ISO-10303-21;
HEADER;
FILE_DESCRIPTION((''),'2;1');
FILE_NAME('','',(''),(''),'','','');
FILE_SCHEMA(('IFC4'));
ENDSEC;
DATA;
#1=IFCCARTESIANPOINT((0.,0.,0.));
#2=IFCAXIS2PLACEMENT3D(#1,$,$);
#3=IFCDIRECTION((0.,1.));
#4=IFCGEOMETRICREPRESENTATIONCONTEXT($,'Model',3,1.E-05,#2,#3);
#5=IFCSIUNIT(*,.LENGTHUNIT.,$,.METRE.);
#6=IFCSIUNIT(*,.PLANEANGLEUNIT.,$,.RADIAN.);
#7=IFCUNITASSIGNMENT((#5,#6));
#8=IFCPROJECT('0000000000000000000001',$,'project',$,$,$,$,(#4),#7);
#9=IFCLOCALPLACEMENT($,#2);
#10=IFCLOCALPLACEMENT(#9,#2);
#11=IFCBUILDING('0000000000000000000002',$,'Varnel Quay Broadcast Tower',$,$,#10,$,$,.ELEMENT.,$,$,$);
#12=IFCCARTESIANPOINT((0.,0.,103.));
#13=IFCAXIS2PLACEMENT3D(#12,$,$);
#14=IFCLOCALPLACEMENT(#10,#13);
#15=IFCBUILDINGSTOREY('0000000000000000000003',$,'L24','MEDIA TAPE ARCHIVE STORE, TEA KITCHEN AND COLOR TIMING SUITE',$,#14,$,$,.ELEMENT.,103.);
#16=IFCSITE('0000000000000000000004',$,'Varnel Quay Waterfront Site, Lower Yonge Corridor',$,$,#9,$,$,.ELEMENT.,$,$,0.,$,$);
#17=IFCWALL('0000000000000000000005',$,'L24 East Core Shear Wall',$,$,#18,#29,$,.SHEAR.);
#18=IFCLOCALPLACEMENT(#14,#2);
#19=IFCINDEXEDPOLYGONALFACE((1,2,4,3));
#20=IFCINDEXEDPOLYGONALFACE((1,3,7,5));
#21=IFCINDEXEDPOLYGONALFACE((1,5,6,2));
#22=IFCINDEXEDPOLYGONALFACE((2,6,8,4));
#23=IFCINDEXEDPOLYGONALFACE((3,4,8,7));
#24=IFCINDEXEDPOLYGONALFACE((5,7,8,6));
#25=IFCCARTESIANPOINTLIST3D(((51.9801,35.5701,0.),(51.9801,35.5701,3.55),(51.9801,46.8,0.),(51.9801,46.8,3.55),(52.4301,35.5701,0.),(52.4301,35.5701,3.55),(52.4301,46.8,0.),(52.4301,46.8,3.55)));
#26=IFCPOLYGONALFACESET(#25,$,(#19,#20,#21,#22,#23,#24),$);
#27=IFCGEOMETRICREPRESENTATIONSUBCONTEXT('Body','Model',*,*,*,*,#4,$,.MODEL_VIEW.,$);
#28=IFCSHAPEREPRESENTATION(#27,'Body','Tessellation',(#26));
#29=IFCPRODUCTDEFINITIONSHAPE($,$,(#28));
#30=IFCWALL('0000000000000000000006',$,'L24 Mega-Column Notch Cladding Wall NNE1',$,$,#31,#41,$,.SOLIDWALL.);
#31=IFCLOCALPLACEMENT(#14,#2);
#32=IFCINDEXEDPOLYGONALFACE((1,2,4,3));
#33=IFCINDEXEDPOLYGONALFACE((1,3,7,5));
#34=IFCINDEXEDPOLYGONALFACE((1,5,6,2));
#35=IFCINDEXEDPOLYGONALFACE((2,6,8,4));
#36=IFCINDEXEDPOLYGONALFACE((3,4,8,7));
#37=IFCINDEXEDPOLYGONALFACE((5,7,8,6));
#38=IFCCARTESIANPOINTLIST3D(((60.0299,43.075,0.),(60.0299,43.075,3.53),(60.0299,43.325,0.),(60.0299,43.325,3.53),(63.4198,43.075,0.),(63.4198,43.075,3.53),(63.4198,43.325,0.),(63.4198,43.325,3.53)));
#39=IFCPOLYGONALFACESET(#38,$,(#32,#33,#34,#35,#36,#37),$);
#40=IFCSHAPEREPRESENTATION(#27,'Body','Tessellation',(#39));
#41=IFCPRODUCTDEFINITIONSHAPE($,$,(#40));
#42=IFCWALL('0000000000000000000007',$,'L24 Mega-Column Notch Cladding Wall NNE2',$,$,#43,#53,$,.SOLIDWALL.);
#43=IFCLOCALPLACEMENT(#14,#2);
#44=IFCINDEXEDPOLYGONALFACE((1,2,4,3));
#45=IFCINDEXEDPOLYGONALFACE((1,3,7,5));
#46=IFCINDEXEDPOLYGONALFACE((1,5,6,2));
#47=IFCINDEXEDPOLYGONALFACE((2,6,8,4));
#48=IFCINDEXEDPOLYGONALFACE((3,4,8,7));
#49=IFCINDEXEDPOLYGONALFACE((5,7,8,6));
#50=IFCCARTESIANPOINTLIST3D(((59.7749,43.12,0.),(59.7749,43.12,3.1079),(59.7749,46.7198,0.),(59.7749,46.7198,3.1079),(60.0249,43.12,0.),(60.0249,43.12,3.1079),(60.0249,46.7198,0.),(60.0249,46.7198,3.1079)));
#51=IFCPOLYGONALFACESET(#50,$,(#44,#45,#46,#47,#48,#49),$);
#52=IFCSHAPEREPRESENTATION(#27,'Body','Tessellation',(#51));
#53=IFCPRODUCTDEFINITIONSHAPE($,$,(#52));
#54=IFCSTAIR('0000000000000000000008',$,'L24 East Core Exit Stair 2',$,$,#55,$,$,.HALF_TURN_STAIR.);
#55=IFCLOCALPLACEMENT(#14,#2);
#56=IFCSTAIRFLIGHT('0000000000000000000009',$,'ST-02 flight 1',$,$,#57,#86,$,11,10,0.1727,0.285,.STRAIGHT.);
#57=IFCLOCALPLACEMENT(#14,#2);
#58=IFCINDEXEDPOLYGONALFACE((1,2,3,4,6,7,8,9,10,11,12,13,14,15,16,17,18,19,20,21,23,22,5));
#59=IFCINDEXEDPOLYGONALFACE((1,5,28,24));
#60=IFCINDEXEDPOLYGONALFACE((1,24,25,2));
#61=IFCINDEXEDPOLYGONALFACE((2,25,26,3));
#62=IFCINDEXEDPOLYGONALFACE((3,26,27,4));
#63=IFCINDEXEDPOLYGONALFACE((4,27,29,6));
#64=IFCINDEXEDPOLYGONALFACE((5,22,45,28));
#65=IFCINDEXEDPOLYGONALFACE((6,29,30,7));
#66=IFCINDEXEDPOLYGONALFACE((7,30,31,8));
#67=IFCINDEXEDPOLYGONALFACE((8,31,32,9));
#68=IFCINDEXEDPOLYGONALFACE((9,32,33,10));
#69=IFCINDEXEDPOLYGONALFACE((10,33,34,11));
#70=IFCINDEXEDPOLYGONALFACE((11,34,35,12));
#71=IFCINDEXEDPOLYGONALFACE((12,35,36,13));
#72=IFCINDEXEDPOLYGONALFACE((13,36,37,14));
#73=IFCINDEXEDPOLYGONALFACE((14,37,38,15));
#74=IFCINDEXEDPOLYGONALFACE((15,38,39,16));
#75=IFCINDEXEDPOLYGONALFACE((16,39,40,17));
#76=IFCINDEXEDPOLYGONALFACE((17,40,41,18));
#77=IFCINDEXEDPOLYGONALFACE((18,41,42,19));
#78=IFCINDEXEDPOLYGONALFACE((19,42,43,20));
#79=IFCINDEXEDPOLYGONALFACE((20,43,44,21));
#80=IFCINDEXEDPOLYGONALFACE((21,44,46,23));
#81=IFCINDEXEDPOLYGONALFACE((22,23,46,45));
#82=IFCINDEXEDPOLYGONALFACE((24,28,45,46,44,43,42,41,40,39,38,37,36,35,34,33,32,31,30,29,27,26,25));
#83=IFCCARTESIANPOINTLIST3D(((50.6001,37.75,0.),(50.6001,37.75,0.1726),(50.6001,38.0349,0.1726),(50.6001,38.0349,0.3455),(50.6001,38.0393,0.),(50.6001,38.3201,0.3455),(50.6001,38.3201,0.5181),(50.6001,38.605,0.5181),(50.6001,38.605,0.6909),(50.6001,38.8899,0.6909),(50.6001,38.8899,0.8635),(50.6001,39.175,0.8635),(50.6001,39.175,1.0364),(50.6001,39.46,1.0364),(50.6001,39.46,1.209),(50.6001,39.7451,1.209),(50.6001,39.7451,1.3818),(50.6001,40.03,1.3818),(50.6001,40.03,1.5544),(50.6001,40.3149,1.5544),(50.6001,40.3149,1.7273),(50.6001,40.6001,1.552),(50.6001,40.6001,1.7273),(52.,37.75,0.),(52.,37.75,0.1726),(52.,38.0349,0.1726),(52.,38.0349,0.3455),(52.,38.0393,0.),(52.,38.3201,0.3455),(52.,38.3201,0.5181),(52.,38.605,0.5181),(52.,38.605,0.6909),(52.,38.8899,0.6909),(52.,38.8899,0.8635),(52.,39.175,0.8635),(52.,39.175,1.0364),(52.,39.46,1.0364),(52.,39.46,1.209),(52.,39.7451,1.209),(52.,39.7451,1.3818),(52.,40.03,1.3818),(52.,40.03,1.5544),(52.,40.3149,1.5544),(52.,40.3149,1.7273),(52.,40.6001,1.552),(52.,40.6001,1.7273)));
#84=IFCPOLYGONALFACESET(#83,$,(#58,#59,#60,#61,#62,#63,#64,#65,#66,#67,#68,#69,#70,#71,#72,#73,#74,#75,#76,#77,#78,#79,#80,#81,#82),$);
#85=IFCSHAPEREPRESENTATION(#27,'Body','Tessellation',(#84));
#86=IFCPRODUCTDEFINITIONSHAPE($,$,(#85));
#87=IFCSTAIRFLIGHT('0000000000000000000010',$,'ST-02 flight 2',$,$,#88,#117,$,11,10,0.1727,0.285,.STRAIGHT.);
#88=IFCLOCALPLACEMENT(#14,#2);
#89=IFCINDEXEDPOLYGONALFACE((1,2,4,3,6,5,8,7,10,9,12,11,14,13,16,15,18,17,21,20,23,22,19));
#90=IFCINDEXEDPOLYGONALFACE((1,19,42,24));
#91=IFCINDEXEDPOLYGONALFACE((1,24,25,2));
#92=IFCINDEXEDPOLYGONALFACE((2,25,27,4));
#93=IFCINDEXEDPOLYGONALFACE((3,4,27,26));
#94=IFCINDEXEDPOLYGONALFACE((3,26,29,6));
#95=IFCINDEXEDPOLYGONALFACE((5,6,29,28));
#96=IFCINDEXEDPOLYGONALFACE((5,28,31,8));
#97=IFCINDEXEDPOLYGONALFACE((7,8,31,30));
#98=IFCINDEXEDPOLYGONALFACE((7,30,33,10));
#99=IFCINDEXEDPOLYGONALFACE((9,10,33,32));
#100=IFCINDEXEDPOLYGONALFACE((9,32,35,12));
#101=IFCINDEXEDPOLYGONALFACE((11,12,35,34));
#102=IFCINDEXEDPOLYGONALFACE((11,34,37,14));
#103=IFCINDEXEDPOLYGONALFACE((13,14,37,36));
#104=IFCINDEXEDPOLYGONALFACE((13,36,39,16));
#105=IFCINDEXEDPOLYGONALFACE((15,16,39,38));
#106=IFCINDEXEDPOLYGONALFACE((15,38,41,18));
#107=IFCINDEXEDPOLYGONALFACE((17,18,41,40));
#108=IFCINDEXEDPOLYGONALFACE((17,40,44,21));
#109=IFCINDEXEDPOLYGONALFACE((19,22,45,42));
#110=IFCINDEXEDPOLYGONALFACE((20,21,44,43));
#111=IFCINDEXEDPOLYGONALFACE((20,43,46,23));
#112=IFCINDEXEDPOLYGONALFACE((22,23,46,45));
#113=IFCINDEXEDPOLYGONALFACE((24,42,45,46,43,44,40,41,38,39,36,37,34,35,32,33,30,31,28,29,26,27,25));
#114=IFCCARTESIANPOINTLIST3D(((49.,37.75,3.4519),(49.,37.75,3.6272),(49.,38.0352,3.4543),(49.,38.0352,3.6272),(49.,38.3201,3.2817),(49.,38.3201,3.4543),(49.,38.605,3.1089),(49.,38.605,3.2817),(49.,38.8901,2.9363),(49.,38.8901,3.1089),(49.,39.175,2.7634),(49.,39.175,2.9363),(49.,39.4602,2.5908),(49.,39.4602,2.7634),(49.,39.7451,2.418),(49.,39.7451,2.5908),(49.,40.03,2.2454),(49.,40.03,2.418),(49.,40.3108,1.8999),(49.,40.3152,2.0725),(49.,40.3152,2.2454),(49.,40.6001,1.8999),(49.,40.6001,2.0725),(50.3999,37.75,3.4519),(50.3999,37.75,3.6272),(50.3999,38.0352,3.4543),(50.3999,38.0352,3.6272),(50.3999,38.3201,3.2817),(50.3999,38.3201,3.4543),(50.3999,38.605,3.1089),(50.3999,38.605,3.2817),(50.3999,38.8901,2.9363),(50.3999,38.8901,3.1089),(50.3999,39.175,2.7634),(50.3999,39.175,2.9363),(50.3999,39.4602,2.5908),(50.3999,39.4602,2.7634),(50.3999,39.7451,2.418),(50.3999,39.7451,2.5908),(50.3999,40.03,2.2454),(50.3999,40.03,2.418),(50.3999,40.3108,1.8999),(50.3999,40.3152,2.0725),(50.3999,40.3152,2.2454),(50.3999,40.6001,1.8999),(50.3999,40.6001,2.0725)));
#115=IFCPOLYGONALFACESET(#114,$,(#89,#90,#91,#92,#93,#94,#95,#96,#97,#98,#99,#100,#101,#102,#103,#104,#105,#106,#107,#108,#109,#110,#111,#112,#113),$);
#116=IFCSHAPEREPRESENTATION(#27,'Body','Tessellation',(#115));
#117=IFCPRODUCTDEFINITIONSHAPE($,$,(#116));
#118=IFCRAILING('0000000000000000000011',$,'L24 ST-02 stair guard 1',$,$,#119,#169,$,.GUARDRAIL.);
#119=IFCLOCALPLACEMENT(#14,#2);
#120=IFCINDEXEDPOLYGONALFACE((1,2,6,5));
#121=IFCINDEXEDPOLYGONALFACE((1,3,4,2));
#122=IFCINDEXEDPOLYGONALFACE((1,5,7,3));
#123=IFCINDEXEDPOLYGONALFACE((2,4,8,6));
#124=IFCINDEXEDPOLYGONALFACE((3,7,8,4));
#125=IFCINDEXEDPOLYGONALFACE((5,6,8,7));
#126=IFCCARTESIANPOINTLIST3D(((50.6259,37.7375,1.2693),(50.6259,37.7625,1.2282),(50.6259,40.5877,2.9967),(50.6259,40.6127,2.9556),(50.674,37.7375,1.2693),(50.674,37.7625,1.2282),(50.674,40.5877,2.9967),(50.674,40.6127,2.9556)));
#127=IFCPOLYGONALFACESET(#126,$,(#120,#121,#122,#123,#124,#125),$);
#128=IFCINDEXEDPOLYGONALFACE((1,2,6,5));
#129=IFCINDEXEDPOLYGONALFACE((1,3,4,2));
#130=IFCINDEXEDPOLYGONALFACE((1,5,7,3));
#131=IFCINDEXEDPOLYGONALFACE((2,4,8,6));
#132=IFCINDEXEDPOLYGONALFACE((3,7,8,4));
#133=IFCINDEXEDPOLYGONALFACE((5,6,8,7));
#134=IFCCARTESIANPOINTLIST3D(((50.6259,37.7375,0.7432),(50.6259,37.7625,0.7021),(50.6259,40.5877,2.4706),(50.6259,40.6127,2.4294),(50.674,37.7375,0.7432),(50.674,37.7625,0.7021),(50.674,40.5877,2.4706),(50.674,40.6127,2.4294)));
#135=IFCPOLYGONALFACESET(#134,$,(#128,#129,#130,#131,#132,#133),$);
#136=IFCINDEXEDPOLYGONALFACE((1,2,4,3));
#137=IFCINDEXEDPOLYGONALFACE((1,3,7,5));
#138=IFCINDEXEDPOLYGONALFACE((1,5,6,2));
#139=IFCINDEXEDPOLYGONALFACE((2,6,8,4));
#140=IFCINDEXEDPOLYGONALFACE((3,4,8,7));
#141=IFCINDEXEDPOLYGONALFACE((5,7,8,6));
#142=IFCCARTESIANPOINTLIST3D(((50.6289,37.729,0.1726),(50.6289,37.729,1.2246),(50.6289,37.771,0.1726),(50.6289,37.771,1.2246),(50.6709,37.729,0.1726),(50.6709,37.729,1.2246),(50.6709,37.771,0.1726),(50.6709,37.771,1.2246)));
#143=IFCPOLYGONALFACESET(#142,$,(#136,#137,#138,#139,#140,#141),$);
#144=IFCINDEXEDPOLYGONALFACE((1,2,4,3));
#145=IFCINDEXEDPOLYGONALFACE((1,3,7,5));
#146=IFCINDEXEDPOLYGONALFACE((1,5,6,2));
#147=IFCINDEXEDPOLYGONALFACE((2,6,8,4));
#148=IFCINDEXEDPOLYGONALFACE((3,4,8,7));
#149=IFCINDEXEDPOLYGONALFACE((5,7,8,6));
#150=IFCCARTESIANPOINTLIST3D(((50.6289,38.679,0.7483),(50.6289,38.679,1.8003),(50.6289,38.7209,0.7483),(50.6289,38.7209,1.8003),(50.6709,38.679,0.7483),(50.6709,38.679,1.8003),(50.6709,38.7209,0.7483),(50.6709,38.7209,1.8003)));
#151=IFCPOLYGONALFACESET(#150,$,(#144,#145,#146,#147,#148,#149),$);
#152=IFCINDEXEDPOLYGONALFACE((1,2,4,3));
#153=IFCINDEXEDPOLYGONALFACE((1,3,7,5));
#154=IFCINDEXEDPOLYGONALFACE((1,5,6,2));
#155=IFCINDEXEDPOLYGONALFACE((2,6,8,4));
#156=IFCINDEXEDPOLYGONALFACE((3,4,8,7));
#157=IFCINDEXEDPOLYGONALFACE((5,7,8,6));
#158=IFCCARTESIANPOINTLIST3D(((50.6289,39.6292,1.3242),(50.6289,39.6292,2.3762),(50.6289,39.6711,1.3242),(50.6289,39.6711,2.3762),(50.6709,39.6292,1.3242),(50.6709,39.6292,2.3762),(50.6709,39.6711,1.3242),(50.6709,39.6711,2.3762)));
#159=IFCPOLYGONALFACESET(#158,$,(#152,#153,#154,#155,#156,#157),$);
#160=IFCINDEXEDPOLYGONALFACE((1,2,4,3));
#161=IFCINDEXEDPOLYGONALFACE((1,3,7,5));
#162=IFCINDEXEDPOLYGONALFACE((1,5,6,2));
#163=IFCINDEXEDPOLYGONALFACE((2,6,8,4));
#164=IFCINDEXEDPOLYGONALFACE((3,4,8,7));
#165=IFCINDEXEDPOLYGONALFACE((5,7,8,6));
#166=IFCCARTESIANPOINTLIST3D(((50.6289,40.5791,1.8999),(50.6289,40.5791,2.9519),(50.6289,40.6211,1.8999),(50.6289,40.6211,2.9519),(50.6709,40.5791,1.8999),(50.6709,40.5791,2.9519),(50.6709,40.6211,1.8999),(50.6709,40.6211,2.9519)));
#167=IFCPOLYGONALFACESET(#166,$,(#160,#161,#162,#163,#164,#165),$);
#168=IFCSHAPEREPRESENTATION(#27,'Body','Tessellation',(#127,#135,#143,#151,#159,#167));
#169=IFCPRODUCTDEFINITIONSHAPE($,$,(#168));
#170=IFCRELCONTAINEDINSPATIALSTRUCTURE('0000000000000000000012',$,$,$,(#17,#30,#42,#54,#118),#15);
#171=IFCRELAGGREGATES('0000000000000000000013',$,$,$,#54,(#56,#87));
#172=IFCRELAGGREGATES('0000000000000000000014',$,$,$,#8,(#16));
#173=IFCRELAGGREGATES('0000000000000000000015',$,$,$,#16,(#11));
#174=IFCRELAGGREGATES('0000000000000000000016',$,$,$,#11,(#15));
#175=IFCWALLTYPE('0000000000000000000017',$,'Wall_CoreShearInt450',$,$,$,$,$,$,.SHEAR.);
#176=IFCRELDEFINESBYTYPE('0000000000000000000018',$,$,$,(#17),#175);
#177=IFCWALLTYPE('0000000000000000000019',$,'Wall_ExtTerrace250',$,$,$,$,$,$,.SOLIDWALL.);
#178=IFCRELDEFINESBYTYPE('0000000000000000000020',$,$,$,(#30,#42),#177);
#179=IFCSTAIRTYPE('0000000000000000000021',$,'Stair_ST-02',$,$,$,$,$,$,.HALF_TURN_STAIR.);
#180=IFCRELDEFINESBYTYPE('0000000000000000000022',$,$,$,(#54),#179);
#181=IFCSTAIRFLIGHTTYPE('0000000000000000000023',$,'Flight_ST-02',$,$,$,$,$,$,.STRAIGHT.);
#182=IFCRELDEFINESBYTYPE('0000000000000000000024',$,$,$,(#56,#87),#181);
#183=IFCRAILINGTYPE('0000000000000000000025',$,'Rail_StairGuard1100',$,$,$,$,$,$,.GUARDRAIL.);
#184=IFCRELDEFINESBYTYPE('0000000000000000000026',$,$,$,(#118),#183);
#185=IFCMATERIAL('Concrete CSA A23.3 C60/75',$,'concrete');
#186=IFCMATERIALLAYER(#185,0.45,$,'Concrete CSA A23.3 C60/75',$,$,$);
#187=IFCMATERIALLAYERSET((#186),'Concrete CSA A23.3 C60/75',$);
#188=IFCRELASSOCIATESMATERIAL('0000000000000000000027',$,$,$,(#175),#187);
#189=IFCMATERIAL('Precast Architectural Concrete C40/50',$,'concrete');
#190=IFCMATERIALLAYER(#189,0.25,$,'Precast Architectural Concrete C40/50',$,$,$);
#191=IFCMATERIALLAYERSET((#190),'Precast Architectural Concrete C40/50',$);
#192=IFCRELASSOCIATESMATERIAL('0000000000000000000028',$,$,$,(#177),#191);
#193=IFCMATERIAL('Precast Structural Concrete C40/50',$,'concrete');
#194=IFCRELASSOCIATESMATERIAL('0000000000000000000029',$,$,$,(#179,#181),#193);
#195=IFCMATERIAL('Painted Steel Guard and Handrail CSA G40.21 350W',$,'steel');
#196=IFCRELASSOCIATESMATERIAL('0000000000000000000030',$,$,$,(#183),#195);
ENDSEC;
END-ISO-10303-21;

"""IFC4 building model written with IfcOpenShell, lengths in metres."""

from ifc_helpers import new_model, si_unit, direction, frame, frame_2d, origin, origin_2d, place, context, subcontext, project, spatial, polyline, rectangle, outline, extrude, material, layer, layer_set, type_object, element, aggregate, save


model = new_model("IFC4")

# Units and contexts
model_context = context("Model", 3, precision=1e-05, world=origin(), true_north=direction((0.0, 1.0)))
body_context = subcontext(model_context, "Body", "Model", "MODEL_VIEW")
ifc_project = project(units=[si_unit("LENGTHUNIT", "METRE"), si_unit("PLANEANGLEUNIT", "RADIAN")], contexts=[model_context])

# Site, building, storey
site_placement = place(None, origin())
site = spatial("IfcSite", under=ifc_project, at=site_placement, Name="Varnel Quay Waterfront Site, Lower Yonge Corridor", CompositionType="ELEMENT", RefElevation=0.0)
building_placement = place(site_placement, origin())
building = spatial("IfcBuilding", under=site, at=building_placement, Name="Varnel Quay Broadcast Tower", CompositionType="ELEMENT")
storey_placement = place(building_placement, frame((0.0, 0.0, 103.0)))
storey = spatial("IfcBuildingStorey", under=building, at=storey_placement, Name="L24", Description="MEDIA TAPE ARCHIVE STORE, TEA KITCHEN AND COLOR TIMING SUITE", CompositionType="ELEMENT", Elevation=103.0)

# Walls
ifc_material_1 = material(Name="Concrete CSA A23.3 C60/75", Category="concrete")
ifc_layer_1 = layer(ifc_material_1, 0.45, Name="Concrete CSA A23.3 C60/75")
ifc_layer_set_1 = layer_set([ifc_layer_1], Name="Concrete CSA A23.3 C60/75")
wall_type_1 = type_object("IfcWallType", Name="Wall_CoreShearInt450", PredefinedType="SHEAR", material=ifc_layer_set_1)
wall_1_placement = place(storey_placement, frame((52.2051, 35.5701, 0.0), z_axis=(0.0, 0.0, 1.0), x_axis=(0.0, 1.0, 0.0)))
element("IfcWall", 1, at=wall_1_placement, inside=storey, type_object=wall_type_1, Name="L24 East Core Shear Wall", PredefinedType="SHEAR", context=body_context, shape_type="SweptSolid", body=[
    extrude(rectangle(XDim=11.23, YDim=0.45, at=frame_2d((5.615, 0.0))), origin(), (0.0, 0.0, 1.0), 3.55),
])
ifc_material_2 = material(Name="Precast Architectural Concrete C40/50", Category="concrete")
ifc_layer_2 = layer(ifc_material_2, 0.25, Name="Precast Architectural Concrete C40/50")
ifc_layer_set_2 = layer_set([ifc_layer_2], Name="Precast Architectural Concrete C40/50")
wall_type_2 = type_object("IfcWallType", Name="Wall_ExtTerrace250", PredefinedType="SOLIDWALL", material=ifc_layer_set_2)
wall_2_placement = place(storey_placement, frame((60.03, 43.2, 0.0), z_axis=(0.0, 0.0, 1.0), x_axis=(1.0, 0.0, 0.0)))
element("IfcWall", 2, at=wall_2_placement, inside=storey, type_object=wall_type_2, Name="L24 Mega-Column Notch Cladding Wall NNE1", PredefinedType="SOLIDWALL", context=body_context, shape_type="SweptSolid", body=[
    extrude(rectangle(XDim=3.3899, YDim=0.25, at=frame_2d((1.6948, 0.0))), origin(), (0.0, 0.0, 1.0), 3.53),
])
wall_3_placement = place(storey_placement, frame((59.8999, 43.1201, 0.0), z_axis=(0.0, 0.0, 1.0), x_axis=(0.0, 1.0, 0.0)))
element("IfcWall", 3, at=wall_3_placement, inside=storey, type_object=wall_type_2, Name="L24 Mega-Column Notch Cladding Wall NNE2", PredefinedType="SOLIDWALL", context=body_context, shape_type="SweptSolid", body=[
    extrude(rectangle(XDim=3.5999, YDim=0.25, at=frame_2d((1.7998, 0.0))), origin(), (0.0, 0.0, 1.0), 3.1079),
])

# Stair, stair flights
ifc_material_3 = material(Name="Precast Structural Concrete C40/50", Category="concrete")
stair_type = type_object("IfcStairType", Name="Stair_ST-02", PredefinedType="HALF_TURN_STAIR", material=ifc_material_3)
stair_placement = place(storey_placement, origin())
stair = element("IfcStair", 4, at=stair_placement, inside=storey, type_object=stair_type, Name="L24 East Core Exit Stair 2", PredefinedType="HALF_TURN_STAIR")
stair_flight_type = type_object("IfcStairFlightType", Name="Flight_ST-02", PredefinedType="STRAIGHT", material=ifc_material_3)
stair_flight_1_placement = place(storey_placement, frame((51.3, 37.75, 0.0), z_axis=(0.0, 0.0, 1.0), x_axis=(0.0, 1.0, 0.0)))
stair_flight_1 = element("IfcStairFlight", 5, at=stair_flight_1_placement, type_object=stair_flight_type, Name="ST-02 flight 1", NumberOfRisers=11, NumberOfTreads=10, PredefinedType="STRAIGHT", RiserHeight=0.1727, TreadLength=0.285, context=body_context, shape_type="SweptSolid", body=[
    extrude(outline(polyline([(0.0, 0.0), (0.0, 0.1726), (0.2849, 0.1726), (0.2849, 0.3455), (0.5701, 0.3455), (0.5701, 0.5181), (0.855, 0.5181), (0.855, 0.6909), (1.1399, 0.6909), (1.1399, 0.8635), (1.425, 0.8635), (1.425, 1.0364), (1.71, 1.0364), (1.71, 1.209), (1.9951, 1.209), (1.9951, 1.3818), (2.28, 1.3818), (2.28, 1.5544), (2.5649, 1.5544), (2.5649, 1.7273), (2.8501, 1.7273), (2.8501, 1.8999), (2.8501, 1.552), (0.2893, 0.0), (0.0, 0.0)])), frame((0.0, 0.7, 0.0), z_axis=(0.0, -1.0, 0.0), x_axis=(1.0, 0.0, 0.0)), (0.0, 0.0, 1.0), 1.3999),
])
stair_flight_2_placement = place(storey_placement, frame((49.7, 40.6001, 1.8999), z_axis=(0.0, 0.0, 1.0), x_axis=(0.0, -1.0, 0.0)))
stair_flight_2 = element("IfcStairFlight", 6, at=stair_flight_2_placement, type_object=stair_flight_type, Name="ST-02 flight 2", NumberOfRisers=11, NumberOfTreads=10, PredefinedType="STRAIGHT", RiserHeight=0.1727, TreadLength=0.285, context=body_context, shape_type="SweptSolid", body=[
    extrude(outline(polyline([(0.0, 0.0), (0.0, 0.1726), (0.2849, 0.1726), (0.2849, 0.3455), (0.5701, 0.3455), (0.5701, 0.5181), (0.855, 0.5181), (0.855, 0.6909), (1.1399, 0.6909), (1.1399, 0.8635), (1.425, 0.8635), (1.425, 1.0364), (1.71, 1.0364), (1.71, 1.209), (1.9951, 1.209), (1.9951, 1.3818), (2.28, 1.3818), (2.28, 1.5544), (2.5649, 1.5544), (2.5649, 1.7273), (2.8501, 1.7273), (2.8501, 1.8999), (2.8501, 1.552), (0.2893, 0.0), (0.0, 0.0)])), frame((0.0, 0.7, 0.0), z_axis=(0.0, -1.0, 0.0), x_axis=(1.0, 0.0, 0.0)), (0.0, 0.0, 1.0), 1.3999),
])
aggregate(stair, [stair_flight_1, stair_flight_2])

# Railing
ifc_material_4 = material(Name="Painted Steel Guard and Handrail CSA G40.21 350W", Category="steel")
railing_type_1 = type_object("IfcRailingType", Name="Rail_StairGuard1100", PredefinedType="GUARDRAIL", material=ifc_material_4)
railing_1_placement = place(storey_placement, frame((50.6499, 37.75, 0.1726)))
element("IfcRailing", 7, at=railing_1_placement, inside=storey, type_object=railing_type_1, Name="L24 ST-02 stair guard 1", PredefinedType="GUARDRAIL", context=body_context, shape_type="SweptSolid", body=[
    extrude(rectangle(XDim=0.0481, YDim=0.0481, at=origin_2d()), frame((0.0, 0.0, 1.0762), z_axis=(0.0, 0.855203, 0.518294), x_axis=(-1.0, 0.0, 0.0)), (0.0, 0.0, 1.0), 3.3328),
    extrude(rectangle(XDim=0.0481, YDim=0.0481, at=origin_2d()), frame((0.0, 0.0, 0.55), z_axis=(0.0, 0.855203, 0.518294), x_axis=(-1.0, 0.0, 0.0)), (0.0, 0.0, 1.0), 3.3328),
    extrude(rectangle(XDim=0.042, YDim=0.042, at=origin_2d()), origin(), (0.0, 0.0, 1.0), 1.052),
    extrude(rectangle(XDim=0.042, YDim=0.042, at=origin_2d()), frame((0.0, 0.95, 0.5757)), (0.0, 0.0, 1.0), 1.052),
    extrude(rectangle(XDim=0.042, YDim=0.042, at=origin_2d()), frame((0.0, 1.9001, 1.1516)), (0.0, 0.0, 1.0), 1.052),
    extrude(rectangle(XDim=0.042, YDim=0.042, at=origin_2d()), frame((0.0, 2.8501, 1.7273)), (0.0, 0.0, 1.0), 1.052),
])

save(model, "model.ifc")
